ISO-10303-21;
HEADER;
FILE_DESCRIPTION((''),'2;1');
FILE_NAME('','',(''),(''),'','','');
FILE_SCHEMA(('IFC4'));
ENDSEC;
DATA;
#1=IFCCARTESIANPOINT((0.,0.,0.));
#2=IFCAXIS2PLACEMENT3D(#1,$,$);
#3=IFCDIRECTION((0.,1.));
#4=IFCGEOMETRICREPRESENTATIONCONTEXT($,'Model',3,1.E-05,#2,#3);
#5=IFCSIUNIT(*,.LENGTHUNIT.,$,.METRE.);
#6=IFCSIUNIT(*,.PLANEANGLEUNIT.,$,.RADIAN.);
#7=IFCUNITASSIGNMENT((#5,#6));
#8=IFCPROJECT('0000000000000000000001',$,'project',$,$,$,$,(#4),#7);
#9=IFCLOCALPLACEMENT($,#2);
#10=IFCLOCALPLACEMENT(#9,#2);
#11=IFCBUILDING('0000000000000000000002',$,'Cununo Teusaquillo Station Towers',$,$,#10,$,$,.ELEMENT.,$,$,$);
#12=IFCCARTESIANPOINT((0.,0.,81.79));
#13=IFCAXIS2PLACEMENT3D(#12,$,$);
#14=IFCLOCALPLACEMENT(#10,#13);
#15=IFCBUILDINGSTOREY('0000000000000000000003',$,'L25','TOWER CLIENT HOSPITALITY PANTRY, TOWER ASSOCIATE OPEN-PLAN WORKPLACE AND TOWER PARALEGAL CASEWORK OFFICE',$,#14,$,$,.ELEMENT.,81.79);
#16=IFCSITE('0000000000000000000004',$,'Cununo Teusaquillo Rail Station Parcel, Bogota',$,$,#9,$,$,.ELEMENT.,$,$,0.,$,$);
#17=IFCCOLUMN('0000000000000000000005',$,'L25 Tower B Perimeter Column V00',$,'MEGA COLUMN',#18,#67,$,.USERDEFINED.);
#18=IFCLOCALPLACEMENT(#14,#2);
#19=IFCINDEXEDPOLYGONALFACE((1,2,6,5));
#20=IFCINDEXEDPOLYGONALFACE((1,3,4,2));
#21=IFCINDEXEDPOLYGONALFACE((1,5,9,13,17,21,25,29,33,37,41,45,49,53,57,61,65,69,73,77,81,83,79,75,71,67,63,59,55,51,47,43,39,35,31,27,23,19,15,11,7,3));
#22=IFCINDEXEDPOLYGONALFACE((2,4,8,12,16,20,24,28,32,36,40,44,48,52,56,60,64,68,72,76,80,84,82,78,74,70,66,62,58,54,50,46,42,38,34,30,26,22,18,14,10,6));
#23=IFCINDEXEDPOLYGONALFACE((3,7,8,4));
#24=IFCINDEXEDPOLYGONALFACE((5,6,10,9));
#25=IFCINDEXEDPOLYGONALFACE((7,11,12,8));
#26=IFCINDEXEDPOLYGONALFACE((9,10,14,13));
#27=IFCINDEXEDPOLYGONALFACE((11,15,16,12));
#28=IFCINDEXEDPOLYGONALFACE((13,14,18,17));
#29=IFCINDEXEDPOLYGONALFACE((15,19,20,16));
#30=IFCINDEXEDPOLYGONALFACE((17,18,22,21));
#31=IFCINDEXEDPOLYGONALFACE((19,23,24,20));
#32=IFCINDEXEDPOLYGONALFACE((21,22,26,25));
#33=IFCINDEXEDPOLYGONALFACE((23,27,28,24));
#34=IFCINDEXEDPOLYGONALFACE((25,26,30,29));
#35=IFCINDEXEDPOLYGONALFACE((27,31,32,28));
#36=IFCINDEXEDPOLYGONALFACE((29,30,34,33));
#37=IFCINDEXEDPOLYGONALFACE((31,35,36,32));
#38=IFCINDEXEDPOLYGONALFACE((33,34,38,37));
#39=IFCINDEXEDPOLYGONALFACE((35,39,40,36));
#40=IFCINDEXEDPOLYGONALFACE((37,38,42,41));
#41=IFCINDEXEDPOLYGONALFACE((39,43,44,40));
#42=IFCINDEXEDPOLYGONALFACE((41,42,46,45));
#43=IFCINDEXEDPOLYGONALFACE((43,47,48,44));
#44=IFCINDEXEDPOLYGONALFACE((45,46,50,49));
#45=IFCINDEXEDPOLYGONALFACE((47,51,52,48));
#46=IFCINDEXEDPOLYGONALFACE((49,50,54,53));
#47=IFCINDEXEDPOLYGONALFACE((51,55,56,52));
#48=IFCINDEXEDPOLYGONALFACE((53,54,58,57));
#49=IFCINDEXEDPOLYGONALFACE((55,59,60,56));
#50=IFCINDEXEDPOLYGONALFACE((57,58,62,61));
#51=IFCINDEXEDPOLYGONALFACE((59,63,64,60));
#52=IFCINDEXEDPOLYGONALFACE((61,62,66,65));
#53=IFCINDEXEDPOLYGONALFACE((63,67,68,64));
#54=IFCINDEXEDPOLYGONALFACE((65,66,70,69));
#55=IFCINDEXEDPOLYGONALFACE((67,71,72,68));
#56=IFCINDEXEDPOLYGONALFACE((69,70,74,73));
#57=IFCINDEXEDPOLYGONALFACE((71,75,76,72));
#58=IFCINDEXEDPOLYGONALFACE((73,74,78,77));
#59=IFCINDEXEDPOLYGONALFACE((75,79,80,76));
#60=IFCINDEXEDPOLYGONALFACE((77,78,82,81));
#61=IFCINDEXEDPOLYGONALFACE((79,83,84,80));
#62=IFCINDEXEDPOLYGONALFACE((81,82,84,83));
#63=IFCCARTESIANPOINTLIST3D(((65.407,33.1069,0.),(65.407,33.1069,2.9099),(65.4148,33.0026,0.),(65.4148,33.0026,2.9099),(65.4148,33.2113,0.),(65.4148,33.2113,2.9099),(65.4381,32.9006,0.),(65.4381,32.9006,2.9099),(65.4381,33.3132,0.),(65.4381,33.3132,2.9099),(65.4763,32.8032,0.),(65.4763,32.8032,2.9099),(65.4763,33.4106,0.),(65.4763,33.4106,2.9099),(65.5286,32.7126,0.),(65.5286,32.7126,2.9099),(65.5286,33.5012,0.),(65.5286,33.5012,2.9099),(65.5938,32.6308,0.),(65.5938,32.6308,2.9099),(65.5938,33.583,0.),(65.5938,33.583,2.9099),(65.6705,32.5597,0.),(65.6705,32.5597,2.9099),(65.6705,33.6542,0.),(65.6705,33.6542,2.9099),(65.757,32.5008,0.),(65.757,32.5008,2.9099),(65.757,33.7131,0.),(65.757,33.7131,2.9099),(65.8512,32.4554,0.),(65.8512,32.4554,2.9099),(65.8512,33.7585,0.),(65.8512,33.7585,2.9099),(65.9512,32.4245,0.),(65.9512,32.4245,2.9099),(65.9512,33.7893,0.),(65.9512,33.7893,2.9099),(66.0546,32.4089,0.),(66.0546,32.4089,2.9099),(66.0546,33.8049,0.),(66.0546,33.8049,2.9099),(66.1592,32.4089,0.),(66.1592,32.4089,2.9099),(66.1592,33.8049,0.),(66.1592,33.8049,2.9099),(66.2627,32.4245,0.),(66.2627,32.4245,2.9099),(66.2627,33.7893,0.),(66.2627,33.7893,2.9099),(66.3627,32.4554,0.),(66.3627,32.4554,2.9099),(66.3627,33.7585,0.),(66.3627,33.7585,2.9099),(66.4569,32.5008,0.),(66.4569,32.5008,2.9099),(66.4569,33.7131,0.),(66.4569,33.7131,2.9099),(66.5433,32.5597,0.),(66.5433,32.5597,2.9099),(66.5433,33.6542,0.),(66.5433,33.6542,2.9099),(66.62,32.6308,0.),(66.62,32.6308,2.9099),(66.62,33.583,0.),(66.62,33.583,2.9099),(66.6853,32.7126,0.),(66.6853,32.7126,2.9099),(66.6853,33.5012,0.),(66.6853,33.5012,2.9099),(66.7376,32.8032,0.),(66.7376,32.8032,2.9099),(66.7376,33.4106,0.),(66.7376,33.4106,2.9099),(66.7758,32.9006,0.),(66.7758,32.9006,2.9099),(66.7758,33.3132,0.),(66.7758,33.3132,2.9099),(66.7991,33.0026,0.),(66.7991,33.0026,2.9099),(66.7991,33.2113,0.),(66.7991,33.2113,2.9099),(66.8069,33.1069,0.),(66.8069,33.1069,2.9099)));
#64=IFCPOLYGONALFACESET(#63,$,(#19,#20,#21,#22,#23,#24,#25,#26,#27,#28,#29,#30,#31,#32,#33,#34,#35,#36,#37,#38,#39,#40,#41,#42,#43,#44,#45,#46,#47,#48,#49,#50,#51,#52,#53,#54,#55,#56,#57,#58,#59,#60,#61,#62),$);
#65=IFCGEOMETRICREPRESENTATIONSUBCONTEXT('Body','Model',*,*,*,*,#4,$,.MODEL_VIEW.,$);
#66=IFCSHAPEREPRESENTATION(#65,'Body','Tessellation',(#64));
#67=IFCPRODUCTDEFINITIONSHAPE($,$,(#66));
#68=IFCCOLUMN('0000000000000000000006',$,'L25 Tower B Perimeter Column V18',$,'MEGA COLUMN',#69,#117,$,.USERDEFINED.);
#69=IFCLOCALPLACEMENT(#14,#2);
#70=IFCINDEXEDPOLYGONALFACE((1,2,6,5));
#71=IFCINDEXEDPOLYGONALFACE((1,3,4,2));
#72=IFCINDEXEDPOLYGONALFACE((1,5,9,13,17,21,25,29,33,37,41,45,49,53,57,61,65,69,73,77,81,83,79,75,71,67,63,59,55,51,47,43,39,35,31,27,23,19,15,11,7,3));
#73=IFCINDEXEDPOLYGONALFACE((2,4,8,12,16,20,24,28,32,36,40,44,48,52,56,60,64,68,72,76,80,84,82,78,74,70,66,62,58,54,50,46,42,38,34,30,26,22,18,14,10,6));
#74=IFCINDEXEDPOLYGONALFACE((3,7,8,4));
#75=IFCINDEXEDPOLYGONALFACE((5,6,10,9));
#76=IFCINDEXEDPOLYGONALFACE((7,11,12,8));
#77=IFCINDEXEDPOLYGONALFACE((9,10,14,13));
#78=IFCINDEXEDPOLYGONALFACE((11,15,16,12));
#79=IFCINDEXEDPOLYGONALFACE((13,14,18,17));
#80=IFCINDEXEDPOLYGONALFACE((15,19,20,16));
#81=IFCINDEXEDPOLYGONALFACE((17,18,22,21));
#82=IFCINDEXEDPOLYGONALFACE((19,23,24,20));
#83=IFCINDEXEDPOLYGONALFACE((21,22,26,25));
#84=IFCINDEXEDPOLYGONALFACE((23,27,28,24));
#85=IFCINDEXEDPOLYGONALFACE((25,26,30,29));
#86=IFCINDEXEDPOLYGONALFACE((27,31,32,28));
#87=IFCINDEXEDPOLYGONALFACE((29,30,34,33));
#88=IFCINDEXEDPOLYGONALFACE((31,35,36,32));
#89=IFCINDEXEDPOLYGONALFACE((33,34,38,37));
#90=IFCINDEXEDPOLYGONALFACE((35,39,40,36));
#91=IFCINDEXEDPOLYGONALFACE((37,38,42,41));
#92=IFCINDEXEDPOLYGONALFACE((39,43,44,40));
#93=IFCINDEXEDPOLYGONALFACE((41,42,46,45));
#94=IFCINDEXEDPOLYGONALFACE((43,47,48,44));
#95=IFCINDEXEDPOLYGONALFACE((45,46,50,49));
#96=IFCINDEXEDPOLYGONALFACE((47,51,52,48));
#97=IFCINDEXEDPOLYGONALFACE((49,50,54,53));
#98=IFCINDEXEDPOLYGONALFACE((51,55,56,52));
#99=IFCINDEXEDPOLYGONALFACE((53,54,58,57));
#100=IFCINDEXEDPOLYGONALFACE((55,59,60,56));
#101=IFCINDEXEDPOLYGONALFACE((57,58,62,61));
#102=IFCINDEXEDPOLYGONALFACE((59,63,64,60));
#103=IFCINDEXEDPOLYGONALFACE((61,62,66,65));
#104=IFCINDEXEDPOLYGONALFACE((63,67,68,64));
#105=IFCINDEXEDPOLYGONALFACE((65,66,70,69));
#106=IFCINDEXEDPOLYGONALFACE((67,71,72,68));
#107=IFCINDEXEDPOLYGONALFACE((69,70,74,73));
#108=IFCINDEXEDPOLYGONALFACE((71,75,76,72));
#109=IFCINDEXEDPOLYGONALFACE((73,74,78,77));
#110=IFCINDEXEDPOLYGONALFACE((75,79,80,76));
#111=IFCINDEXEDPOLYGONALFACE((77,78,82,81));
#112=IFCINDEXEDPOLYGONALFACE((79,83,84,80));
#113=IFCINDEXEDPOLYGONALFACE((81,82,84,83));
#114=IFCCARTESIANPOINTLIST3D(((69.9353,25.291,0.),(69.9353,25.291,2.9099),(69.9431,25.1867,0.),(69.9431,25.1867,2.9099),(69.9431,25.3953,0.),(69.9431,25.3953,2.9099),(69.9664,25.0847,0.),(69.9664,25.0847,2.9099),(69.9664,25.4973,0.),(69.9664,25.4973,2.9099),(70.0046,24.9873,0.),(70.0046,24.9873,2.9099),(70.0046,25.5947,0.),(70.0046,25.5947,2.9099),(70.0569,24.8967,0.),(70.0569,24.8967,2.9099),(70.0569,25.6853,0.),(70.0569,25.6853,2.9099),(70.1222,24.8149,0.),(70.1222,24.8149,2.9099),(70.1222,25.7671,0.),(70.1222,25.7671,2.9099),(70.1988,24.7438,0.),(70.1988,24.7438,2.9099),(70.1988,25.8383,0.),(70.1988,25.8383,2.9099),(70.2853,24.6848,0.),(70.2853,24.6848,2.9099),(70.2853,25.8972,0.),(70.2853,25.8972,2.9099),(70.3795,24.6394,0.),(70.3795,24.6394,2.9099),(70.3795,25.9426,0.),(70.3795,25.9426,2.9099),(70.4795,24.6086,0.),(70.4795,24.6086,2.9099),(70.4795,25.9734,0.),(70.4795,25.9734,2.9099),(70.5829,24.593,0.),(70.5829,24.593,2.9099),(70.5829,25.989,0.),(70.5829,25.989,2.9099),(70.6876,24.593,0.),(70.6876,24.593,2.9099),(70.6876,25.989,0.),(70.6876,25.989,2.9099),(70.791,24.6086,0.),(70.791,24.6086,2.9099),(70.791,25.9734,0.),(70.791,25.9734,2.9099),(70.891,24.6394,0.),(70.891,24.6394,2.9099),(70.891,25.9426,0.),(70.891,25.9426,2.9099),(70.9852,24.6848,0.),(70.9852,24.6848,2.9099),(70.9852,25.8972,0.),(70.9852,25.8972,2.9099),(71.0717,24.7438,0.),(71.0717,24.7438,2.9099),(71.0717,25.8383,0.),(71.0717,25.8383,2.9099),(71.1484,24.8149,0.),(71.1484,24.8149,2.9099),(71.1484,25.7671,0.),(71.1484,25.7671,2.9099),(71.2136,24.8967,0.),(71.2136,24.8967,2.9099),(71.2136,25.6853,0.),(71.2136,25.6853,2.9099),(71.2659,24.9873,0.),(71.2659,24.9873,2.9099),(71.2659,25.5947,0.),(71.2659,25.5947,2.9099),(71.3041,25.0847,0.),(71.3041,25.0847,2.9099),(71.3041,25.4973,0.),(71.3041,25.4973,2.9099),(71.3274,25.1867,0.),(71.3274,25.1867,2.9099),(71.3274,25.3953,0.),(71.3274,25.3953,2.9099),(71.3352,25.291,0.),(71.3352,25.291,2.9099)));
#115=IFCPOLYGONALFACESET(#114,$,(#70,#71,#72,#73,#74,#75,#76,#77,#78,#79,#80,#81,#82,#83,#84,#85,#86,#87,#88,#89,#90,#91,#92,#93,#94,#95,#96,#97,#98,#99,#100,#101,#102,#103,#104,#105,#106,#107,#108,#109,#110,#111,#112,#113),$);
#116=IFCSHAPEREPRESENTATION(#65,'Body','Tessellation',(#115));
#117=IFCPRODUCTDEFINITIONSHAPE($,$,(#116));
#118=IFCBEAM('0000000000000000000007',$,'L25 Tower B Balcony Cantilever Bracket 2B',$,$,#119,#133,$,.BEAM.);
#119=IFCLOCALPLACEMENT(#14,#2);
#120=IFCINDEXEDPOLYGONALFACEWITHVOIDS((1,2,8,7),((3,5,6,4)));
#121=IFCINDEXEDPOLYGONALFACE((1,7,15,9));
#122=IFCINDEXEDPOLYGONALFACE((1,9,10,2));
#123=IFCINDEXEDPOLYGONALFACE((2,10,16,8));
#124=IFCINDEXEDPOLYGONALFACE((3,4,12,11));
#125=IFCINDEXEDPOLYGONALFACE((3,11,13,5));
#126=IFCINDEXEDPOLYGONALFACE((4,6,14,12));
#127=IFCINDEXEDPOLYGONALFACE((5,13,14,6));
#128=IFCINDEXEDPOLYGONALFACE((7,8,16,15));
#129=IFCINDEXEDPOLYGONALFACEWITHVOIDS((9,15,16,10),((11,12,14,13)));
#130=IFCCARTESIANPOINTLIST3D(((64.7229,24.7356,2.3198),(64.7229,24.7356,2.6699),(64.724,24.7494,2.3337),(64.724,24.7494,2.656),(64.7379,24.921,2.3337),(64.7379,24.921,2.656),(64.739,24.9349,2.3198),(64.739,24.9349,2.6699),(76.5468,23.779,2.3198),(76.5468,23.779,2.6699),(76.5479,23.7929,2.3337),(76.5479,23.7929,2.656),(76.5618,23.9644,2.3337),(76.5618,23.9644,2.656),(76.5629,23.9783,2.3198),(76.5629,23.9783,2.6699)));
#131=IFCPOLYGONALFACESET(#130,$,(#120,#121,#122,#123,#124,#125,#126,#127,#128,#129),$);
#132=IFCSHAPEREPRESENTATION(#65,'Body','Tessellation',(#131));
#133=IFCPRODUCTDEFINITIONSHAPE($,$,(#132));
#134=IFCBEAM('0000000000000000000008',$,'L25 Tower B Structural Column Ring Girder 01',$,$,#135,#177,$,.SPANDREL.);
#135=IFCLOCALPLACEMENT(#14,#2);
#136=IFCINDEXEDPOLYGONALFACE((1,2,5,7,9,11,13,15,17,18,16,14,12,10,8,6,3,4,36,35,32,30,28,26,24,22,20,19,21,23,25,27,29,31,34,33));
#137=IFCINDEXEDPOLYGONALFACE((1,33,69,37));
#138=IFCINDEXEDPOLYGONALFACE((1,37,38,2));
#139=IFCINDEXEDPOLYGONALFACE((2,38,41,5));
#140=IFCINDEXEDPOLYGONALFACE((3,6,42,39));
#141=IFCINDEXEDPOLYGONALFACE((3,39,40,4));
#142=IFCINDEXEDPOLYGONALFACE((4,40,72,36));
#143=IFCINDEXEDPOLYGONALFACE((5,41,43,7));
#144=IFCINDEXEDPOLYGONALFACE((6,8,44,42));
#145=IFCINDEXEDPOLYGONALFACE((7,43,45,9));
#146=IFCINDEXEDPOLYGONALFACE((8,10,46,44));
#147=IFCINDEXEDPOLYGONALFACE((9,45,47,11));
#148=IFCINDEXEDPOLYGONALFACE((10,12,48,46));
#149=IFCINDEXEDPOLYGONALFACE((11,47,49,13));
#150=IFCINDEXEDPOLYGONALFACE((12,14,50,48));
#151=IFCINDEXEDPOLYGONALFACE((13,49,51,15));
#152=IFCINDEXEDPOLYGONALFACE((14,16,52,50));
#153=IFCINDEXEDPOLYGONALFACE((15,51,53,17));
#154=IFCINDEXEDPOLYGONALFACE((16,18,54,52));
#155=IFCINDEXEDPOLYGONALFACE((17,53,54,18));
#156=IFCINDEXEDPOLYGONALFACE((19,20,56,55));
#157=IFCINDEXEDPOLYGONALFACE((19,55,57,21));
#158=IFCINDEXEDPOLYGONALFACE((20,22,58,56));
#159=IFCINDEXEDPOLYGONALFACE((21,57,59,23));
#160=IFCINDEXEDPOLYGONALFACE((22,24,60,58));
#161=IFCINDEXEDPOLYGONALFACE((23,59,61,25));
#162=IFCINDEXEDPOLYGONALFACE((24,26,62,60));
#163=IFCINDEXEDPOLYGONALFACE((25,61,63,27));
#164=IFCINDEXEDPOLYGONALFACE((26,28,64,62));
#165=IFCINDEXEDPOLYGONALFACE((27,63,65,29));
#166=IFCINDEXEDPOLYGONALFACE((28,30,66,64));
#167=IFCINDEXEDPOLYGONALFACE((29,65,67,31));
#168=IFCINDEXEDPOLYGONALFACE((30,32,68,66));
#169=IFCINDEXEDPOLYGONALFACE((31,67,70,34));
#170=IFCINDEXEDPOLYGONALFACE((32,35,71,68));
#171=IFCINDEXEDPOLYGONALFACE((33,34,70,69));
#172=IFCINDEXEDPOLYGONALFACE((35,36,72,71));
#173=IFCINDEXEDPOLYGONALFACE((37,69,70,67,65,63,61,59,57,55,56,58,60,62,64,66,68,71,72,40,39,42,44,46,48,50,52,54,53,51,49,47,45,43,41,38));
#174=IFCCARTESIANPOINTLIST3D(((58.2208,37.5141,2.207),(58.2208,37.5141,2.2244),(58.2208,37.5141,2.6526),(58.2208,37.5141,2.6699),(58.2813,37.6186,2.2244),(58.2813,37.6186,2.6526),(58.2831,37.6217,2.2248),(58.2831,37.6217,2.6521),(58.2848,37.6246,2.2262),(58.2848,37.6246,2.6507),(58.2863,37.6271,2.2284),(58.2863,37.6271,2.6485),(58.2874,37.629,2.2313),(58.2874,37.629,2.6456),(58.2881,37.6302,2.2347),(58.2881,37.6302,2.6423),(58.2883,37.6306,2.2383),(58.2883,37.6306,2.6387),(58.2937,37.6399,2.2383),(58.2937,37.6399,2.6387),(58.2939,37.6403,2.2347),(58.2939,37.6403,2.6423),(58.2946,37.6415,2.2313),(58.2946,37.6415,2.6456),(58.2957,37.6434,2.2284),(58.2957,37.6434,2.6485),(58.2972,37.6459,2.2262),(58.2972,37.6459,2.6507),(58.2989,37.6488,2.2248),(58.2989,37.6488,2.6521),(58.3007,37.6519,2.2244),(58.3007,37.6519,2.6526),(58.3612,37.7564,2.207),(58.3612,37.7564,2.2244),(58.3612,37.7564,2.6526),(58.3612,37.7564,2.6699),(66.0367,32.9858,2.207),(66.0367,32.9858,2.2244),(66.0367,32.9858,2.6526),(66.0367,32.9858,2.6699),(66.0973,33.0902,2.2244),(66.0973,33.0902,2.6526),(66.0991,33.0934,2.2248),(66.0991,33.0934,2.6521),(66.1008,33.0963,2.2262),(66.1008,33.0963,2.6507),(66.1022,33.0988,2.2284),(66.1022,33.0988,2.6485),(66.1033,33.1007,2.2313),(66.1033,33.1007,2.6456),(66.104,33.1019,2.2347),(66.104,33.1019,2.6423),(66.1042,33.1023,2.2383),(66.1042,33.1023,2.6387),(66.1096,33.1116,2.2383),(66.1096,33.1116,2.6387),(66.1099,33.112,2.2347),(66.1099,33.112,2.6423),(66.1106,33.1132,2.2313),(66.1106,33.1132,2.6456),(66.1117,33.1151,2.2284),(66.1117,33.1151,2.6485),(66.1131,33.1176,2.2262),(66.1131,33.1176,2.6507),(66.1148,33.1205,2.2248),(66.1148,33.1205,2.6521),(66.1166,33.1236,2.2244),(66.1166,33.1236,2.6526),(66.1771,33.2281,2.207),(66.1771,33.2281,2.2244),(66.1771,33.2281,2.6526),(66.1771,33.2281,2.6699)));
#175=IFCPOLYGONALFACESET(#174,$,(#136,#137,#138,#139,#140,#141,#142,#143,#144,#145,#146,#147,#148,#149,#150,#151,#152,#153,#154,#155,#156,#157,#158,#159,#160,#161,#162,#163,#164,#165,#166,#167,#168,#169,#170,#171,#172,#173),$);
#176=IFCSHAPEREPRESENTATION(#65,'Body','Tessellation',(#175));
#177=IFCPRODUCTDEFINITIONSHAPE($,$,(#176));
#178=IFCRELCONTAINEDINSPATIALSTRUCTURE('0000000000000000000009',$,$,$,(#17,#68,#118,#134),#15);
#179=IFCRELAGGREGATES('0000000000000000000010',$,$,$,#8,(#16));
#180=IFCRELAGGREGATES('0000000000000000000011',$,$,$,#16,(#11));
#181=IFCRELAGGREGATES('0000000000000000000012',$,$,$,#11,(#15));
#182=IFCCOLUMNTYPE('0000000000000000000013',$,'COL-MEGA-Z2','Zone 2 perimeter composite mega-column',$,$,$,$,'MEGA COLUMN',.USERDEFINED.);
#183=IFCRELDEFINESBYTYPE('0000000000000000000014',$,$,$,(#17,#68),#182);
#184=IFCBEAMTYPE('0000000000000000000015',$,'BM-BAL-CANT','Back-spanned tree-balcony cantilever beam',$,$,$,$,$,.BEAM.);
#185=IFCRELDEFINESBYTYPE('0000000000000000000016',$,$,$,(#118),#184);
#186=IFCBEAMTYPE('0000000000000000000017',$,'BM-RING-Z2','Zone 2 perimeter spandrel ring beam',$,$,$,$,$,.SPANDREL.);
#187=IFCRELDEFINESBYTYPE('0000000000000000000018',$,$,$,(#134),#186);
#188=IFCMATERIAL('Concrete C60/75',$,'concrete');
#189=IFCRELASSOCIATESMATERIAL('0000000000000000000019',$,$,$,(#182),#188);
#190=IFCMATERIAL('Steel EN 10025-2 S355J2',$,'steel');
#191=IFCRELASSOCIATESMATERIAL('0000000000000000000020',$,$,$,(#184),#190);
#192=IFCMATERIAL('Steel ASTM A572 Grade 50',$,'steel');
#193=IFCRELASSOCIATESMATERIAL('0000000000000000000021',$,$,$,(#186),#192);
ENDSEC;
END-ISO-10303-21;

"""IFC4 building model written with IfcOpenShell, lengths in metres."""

from ifc_helpers import new_model, si_unit, direction, frame, origin, origin_2d, place, context, subcontext, project, spatial, hollow_rectangle, circle, i_section, extrude, material, material_profile, profile_set, type_object, element, save


model = new_model("IFC4")

# Units and contexts
model_context = context("Model", 3, precision=1e-05, world=origin(), true_north=direction((0.0, 1.0)))
body_context = subcontext(model_context, "Body", "Model", "MODEL_VIEW")
ifc_project = project(units=[si_unit("LENGTHUNIT", "METRE"), si_unit("PLANEANGLEUNIT", "RADIAN")], contexts=[model_context])

# Site, building, storey
site_placement = place(None, origin())
site = spatial("IfcSite", under=ifc_project, at=site_placement, Name="Cununo Teusaquillo Rail Station Parcel, Bogota", CompositionType="ELEMENT", RefElevation=0.0)
building_placement = place(site_placement, origin())
building = spatial("IfcBuilding", under=site, at=building_placement, Name="Cununo Teusaquillo Station Towers", CompositionType="ELEMENT")
storey_placement = place(building_placement, frame((0.0, 0.0, 81.79)))
storey = spatial("IfcBuildingStorey", under=building, at=storey_placement, Name="L25", Description="TOWER CLIENT HOSPITALITY PANTRY, TOWER ASSOCIATE OPEN-PLAN WORKPLACE AND TOWER PARALEGAL CASEWORK OFFICE", CompositionType="ELEMENT", Elevation=81.79)

# Columns
ifc_material_1 = material(Name="Concrete C60/75", Category="concrete")
ifc_material_profile_1 = material_profile(ifc_material_1, circle(Radius=0.7, at=origin_2d()), Name="RC-CIRC-1400")
ifc_profile_set_1 = profile_set([ifc_material_profile_1], Name="Concrete C60/75")
column_type = type_object("IfcColumnType", Name="COL-MEGA-Z2", Description="Zone 2 perimeter composite mega-column", ElementType="MEGA COLUMN", PredefinedType="USERDEFINED", material=ifc_profile_set_1)
for number, where, z_axis, x_axis, name in (
    (1, (66.1069, 33.1069, 0.0), (0.0, 0.0, 1.0), (1.0, 0.0, 0.0), "L25 Tower B Perimeter Column V00"),
    (2, (70.6353, 25.291, 0.0), (0.0, 0.0, 1.0), (1.0, 0.0, 0.0), "L25 Tower B Perimeter Column V18"),
):
    element("IfcColumn", number, at=place(storey_placement, frame(where, z_axis=z_axis, x_axis=x_axis)), inside=storey, type_object=column_type, Name=name, ObjectType="MEGA COLUMN", PredefinedType="USERDEFINED", context=body_context, shape_type="SweptSolid", body=[
        extrude(circle(Radius=0.7, at=origin_2d()), origin(), (0.0, 0.0, 1.0), 2.9099),
    ])

# Beams
ifc_material_2 = material(Name="Steel EN 10025-2 S355J2", Category="steel")
ifc_material_profile_2 = material_profile(ifc_material_2, hollow_rectangle(XDim=0.2, YDim=0.3501, WallThickness=0.0139, at=origin_2d()), Name="RHS 350x200x14")
ifc_profile_set_2 = profile_set([ifc_material_profile_2], Name="Steel EN 10025-2 S355J2")
beam_type_1 = type_object("IfcBeamType", Name="BM-BAL-CANT", Description="Back-spanned tree-balcony cantilever beam", PredefinedType="BEAM", material=ifc_profile_set_2)
beam_1_placement = place(storey_placement, frame((64.731, 24.8352, 2.4949), z_axis=(0.996744, -0.080635, 0.0), x_axis=(0.080635, 0.996744, 0.0)))
element("IfcBeam", 3, at=beam_1_placement, inside=storey, type_object=beam_type_1, Name="L25 Tower B Balcony Cantilever Bracket 2B", PredefinedType="BEAM", context=body_context, shape_type="SweptSolid", body=[
    extrude(hollow_rectangle(XDim=0.2, YDim=0.3501, WallThickness=0.0139, at=origin_2d()), origin(), (0.0, 0.0, 1.0), 11.8625),
])
ifc_material_3 = material(Name="Steel ASTM A572 Grade 50", Category="steel")
ifc_material_profile_3 = material_profile(ifc_material_3, i_section(OverallWidth=0.28, OverallDepth=0.4629, WebThickness=0.0107, FlangeThickness=0.0173, FilletRadius=0.0139, at=origin_2d()), Name="W18X76")
ifc_profile_set_3 = profile_set([ifc_material_profile_3], Name="Steel ASTM A572 Grade 50")
beam_type_2 = type_object("IfcBeamType", Name="BM-RING-Z2", Description="Zone 2 perimeter spandrel ring beam", PredefinedType="SPANDREL", material=ifc_profile_set_3)
for number, where, z_axis, x_axis, name in (
    (4, (66.1069, 33.1069, 2.4385), (-0.865267, 0.501311, 0.0), (-0.501311, -0.865267, 0.0), "L25 Tower B Structural Column Ring Girder 01"),
):
    element("IfcBeam", number, at=place(storey_placement, frame(where, z_axis=z_axis, x_axis=x_axis)), inside=storey, type_object=beam_type_2, Name=name, PredefinedType="SPANDREL", context=body_context, shape_type="SweptSolid", body=[
        extrude(i_section(OverallWidth=0.28, OverallDepth=0.4629, WebThickness=0.0107, FlangeThickness=0.0173, FilletRadius=0.0139, at=origin_2d()), origin(), (0.0, 0.0, 1.0), 9.033),
    ])

save(model, "model.ifc")
